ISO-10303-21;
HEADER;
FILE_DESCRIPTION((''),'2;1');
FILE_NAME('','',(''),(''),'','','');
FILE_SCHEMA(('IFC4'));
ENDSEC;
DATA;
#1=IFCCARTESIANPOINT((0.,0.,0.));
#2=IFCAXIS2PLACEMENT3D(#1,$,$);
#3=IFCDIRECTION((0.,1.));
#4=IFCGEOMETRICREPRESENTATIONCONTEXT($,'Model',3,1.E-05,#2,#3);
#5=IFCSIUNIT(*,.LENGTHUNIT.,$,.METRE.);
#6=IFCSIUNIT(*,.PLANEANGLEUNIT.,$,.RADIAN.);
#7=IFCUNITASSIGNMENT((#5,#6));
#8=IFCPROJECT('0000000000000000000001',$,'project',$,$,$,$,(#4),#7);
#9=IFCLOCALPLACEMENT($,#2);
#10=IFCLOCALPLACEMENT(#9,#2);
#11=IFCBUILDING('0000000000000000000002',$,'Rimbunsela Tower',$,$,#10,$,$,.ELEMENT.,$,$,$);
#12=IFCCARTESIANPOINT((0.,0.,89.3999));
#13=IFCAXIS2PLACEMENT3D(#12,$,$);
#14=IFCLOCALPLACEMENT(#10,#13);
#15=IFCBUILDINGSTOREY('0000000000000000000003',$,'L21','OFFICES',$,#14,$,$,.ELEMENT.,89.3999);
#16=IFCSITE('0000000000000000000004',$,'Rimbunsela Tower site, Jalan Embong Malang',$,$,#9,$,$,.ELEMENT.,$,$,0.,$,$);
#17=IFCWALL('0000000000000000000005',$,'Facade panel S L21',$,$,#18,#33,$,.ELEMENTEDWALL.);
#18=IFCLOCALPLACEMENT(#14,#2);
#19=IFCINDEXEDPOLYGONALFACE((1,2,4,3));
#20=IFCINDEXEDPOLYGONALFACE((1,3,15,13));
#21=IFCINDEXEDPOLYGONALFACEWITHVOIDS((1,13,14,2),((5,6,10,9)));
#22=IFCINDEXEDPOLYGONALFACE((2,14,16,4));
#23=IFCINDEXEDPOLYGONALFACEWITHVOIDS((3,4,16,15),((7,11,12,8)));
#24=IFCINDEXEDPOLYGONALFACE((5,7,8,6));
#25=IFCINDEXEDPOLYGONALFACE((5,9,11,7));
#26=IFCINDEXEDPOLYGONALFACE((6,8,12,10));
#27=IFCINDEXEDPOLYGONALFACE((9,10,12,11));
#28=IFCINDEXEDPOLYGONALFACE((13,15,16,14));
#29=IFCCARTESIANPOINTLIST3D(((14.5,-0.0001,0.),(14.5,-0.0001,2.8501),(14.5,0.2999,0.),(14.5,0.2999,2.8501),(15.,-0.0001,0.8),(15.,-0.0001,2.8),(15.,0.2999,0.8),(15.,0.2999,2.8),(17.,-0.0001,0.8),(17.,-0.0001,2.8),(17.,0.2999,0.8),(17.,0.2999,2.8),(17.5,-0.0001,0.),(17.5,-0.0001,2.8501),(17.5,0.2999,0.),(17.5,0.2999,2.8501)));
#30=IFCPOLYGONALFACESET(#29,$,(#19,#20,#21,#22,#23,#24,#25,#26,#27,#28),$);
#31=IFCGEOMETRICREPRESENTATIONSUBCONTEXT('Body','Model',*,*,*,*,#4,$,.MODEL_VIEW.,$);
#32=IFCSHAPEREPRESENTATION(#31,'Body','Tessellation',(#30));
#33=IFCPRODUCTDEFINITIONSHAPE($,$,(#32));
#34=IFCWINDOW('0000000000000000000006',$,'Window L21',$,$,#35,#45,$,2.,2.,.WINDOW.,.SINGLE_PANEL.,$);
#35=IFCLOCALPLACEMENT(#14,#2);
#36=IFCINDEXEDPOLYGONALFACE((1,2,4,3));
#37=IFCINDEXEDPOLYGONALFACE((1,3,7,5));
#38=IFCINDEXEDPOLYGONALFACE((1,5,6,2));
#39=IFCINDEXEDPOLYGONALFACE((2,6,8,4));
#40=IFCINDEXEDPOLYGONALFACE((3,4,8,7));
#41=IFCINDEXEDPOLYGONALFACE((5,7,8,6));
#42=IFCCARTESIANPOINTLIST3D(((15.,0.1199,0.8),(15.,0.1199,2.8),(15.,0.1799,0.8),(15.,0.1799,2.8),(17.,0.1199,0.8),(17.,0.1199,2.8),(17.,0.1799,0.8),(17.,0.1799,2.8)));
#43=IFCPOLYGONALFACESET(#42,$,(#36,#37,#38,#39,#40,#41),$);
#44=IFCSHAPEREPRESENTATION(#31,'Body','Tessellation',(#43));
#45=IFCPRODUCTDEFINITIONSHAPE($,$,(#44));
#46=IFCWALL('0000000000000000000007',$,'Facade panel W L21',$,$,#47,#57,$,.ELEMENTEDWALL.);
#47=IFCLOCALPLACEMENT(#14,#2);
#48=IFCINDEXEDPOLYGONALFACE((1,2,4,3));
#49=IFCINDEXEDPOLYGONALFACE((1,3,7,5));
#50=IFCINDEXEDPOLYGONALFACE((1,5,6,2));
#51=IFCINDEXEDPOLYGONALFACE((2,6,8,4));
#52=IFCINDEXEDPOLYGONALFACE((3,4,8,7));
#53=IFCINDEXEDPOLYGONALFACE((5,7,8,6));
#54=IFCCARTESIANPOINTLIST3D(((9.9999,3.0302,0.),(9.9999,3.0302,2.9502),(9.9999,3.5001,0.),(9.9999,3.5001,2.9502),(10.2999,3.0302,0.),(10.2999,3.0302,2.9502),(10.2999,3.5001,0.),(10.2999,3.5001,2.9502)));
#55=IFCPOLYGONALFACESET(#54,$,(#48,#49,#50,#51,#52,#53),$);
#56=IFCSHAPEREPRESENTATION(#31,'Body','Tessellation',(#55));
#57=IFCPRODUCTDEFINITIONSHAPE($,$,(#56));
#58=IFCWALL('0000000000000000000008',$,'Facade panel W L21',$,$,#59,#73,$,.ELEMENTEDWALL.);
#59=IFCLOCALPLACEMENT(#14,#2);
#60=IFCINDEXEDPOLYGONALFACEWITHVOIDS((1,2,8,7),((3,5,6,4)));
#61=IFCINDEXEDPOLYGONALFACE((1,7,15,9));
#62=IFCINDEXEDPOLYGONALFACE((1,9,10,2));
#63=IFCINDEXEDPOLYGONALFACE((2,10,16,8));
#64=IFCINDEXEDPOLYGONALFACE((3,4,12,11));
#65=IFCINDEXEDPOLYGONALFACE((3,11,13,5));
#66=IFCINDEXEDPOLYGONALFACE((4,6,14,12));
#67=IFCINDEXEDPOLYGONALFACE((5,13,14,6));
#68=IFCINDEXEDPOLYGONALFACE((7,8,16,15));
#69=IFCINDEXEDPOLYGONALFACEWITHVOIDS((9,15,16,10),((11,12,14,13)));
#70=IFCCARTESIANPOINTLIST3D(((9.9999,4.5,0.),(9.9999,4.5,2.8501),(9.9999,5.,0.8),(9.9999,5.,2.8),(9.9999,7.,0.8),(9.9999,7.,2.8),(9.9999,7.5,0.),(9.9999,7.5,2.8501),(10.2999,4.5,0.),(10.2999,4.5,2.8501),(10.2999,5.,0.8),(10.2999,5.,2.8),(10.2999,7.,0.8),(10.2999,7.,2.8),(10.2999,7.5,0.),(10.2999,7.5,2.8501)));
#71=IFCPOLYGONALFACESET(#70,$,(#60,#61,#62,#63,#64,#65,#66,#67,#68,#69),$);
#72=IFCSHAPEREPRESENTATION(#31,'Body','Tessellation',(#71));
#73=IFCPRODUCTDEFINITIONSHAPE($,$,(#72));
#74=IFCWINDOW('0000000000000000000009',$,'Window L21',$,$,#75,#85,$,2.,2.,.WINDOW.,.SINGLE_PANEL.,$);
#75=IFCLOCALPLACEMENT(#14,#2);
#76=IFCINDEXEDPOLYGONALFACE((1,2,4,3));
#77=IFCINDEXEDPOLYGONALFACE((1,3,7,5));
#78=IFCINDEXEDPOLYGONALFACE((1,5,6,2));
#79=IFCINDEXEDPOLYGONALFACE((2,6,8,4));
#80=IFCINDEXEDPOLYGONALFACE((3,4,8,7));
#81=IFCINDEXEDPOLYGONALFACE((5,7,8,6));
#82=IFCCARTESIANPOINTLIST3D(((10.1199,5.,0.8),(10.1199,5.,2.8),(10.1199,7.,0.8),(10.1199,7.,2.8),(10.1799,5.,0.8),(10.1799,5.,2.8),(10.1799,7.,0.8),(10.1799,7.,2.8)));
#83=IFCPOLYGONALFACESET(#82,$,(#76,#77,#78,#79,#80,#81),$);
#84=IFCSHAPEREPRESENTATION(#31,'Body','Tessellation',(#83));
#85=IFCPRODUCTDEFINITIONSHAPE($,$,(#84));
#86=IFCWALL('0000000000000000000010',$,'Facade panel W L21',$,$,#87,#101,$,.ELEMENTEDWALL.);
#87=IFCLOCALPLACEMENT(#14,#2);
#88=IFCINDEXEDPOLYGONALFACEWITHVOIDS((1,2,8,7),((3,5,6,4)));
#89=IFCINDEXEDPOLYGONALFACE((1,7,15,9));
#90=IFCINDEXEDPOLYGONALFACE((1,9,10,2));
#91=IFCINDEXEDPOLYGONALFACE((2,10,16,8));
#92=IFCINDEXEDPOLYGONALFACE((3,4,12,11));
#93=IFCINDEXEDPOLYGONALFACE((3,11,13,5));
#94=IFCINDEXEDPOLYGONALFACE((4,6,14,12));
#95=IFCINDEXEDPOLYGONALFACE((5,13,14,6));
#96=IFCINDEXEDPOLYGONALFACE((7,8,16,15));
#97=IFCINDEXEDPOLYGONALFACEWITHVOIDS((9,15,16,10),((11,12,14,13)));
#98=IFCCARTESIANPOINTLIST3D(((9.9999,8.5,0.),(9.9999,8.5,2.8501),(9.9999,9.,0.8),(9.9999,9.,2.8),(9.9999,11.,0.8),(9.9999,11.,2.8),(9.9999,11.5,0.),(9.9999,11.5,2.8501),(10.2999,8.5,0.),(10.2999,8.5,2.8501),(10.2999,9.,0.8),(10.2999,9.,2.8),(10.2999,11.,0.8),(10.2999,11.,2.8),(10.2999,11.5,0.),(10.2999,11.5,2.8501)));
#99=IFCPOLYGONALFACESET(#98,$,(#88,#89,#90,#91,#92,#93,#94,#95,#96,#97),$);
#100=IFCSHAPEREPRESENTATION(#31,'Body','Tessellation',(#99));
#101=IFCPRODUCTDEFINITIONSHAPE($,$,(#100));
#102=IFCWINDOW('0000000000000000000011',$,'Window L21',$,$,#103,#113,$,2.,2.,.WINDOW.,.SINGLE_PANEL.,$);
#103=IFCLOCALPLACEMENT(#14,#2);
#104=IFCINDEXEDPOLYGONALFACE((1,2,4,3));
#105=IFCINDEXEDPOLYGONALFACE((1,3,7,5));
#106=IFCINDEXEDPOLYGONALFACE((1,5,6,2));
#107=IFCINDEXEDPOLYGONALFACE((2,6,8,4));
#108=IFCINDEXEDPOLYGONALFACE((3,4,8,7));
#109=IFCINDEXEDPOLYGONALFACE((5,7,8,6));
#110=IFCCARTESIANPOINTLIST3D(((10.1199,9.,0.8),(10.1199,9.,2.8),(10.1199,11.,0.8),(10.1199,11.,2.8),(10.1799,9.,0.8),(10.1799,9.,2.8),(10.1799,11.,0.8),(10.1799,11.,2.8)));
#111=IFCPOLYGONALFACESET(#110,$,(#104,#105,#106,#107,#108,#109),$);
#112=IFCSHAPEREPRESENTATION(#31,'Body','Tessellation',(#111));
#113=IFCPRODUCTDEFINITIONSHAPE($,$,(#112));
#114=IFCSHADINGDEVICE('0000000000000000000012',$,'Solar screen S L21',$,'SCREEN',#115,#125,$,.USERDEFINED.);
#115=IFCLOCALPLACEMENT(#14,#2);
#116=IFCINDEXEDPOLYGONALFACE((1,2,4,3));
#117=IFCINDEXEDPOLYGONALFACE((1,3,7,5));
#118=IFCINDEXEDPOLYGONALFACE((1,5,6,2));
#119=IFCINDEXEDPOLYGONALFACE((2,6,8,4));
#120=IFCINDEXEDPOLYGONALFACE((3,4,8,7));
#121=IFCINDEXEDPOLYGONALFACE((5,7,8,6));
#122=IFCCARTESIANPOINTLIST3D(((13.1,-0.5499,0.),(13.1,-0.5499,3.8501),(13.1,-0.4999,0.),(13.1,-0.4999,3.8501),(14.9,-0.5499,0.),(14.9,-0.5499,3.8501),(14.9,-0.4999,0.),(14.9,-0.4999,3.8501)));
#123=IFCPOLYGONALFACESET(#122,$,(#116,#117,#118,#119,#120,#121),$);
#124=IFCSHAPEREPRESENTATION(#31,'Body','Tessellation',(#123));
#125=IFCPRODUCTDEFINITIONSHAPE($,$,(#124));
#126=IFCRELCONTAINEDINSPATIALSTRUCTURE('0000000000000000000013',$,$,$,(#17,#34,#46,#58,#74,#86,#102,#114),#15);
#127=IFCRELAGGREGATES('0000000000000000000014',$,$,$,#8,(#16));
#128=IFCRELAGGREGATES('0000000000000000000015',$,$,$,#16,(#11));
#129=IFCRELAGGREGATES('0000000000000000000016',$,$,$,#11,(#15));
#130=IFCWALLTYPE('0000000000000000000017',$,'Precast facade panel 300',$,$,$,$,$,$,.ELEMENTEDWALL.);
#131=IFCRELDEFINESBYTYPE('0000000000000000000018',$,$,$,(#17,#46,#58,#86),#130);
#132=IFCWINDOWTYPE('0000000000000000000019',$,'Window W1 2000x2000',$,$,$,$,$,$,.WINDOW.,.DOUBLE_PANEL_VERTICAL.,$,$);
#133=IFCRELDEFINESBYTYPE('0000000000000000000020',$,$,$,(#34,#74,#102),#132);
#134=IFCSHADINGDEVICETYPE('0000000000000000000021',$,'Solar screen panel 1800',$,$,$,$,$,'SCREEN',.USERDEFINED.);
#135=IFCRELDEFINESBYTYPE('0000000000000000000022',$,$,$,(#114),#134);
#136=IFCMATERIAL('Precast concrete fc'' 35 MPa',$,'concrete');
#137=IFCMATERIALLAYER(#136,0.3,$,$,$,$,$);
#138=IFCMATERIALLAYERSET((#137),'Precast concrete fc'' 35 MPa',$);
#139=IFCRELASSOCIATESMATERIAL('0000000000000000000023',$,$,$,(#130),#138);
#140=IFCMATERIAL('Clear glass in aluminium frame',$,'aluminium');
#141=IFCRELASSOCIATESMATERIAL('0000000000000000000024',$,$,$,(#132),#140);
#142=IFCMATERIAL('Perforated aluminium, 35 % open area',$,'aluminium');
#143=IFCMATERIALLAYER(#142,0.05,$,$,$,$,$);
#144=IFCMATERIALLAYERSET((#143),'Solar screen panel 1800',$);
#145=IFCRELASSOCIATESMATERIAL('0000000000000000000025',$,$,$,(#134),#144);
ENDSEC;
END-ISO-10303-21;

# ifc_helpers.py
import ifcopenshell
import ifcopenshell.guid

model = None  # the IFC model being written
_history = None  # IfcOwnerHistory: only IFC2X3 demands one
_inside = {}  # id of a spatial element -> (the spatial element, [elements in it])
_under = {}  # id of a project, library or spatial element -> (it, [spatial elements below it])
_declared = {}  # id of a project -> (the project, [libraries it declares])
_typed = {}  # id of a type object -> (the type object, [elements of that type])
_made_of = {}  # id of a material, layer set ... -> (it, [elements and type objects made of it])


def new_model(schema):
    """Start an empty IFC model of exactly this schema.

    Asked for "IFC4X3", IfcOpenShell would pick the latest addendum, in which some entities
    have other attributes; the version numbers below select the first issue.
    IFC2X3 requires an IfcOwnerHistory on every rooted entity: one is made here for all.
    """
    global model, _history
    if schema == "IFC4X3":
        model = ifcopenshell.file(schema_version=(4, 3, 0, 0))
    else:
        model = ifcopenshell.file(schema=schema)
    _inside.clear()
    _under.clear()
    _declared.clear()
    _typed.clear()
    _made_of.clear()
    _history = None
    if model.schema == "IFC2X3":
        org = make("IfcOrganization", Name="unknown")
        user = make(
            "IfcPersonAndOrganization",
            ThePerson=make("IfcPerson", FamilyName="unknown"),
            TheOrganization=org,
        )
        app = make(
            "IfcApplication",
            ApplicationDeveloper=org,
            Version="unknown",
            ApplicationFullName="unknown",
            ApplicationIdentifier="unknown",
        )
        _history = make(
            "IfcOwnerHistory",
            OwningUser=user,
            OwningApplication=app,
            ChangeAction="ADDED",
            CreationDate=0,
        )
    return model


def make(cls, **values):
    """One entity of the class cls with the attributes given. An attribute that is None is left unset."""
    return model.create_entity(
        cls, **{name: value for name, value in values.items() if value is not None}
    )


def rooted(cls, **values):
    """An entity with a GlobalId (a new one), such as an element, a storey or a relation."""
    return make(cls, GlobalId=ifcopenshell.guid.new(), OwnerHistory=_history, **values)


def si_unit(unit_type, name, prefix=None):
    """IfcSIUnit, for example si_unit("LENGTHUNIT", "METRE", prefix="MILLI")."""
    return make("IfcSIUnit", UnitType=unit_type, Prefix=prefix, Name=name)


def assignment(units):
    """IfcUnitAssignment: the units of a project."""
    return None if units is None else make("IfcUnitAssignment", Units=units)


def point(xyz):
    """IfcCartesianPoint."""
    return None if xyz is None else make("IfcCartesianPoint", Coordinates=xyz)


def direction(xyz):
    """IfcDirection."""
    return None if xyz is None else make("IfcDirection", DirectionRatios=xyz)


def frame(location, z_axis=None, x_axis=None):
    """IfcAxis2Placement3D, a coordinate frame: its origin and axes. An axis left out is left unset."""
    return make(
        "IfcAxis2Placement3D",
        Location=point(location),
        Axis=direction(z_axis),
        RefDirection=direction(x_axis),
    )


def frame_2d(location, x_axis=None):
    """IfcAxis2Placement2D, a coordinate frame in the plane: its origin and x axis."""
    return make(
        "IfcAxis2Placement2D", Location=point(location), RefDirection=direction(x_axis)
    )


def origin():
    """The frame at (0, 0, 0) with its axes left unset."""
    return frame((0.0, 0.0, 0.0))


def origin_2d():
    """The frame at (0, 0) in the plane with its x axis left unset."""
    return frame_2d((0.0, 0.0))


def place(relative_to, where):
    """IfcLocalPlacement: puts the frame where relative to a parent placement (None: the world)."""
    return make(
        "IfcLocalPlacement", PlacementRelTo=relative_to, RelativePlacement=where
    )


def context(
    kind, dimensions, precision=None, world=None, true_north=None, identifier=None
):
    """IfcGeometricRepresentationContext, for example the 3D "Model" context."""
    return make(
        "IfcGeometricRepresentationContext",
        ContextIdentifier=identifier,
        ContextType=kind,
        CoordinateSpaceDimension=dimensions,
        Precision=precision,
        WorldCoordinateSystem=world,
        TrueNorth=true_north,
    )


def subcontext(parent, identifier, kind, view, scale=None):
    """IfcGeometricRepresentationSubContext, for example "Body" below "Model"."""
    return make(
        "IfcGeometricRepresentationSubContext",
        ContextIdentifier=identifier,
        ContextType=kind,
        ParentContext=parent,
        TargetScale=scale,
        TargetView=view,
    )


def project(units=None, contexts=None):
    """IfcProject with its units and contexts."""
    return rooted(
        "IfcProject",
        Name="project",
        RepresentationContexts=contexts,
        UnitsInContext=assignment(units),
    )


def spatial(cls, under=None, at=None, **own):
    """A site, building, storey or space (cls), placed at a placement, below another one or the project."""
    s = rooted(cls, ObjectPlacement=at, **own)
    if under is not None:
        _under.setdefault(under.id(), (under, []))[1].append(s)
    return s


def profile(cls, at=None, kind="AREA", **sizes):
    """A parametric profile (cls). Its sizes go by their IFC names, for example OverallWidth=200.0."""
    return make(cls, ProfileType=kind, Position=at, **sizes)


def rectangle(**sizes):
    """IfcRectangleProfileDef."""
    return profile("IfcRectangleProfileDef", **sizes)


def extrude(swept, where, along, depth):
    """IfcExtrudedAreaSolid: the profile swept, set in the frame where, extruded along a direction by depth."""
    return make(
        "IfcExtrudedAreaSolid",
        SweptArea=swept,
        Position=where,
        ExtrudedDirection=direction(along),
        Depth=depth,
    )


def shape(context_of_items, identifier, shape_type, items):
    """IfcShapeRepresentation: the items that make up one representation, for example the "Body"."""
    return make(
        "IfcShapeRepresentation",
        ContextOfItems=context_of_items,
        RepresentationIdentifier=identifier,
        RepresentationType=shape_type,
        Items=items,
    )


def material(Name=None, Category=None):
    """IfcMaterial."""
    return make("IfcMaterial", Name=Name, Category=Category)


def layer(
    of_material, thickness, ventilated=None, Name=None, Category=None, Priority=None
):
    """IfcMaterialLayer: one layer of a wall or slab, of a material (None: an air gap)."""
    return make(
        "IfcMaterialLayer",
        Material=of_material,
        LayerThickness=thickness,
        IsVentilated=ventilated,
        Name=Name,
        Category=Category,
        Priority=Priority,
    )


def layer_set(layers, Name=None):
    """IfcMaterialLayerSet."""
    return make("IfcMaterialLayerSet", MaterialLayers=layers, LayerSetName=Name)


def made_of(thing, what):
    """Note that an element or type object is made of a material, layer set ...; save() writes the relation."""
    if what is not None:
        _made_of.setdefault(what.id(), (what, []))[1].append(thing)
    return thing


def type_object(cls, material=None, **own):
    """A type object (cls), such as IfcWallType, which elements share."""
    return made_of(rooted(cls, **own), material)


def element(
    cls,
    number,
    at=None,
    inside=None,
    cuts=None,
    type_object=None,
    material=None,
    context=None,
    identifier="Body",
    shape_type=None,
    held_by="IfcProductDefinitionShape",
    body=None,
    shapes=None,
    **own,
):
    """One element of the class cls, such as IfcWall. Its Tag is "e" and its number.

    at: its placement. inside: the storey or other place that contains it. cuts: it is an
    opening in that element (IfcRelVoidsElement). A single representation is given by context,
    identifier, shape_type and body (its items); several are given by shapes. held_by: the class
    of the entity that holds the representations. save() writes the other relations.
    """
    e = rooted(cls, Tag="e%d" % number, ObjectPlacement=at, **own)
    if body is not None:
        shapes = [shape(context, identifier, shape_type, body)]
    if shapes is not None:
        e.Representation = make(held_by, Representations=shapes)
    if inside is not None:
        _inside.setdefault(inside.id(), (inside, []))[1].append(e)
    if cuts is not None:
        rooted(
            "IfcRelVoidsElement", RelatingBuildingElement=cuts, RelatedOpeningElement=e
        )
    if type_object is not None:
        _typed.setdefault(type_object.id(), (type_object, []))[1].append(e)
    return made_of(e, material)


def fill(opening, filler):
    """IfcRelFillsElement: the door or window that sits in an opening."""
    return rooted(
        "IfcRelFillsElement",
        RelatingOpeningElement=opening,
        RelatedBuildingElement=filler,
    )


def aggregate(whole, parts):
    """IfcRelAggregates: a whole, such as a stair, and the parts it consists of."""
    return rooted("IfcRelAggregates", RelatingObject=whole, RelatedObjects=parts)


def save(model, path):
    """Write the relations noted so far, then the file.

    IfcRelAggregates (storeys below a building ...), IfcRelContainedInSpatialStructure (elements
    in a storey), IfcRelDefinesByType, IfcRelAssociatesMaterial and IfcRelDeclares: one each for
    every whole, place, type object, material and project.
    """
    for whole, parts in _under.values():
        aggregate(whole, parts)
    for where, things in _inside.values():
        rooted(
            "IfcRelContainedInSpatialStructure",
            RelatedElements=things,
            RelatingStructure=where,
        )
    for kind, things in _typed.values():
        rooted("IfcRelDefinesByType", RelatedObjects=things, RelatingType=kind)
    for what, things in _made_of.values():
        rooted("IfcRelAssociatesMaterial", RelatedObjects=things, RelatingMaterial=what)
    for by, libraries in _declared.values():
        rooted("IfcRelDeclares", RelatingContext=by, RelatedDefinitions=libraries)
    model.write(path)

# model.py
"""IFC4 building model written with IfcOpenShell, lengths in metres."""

from ifc_helpers import new_model, si_unit, direction, frame, frame_2d, origin, origin_2d, place, context, subcontext, project, spatial, rectangle, extrude, material, layer, layer_set, type_object, element, fill, save


model = new_model("IFC4")

# Units and contexts
model_context = context("Model", 3, precision=1e-05, world=origin(), true_north=direction((0.0, 1.0)))
body_context = subcontext(model_context, "Body", "Model", "MODEL_VIEW")
ifc_project = project(units=[si_unit("LENGTHUNIT", "METRE"), si_unit("PLANEANGLEUNIT", "RADIAN")], contexts=[model_context])

# Site, building, storey
site_placement = place(None, origin())
site = spatial("IfcSite", under=ifc_project, at=site_placement, Name="Rimbunsela Tower site, Jalan Embong Malang", CompositionType="ELEMENT", RefElevation=0.0)
building_placement = place(site_placement, origin())
building = spatial("IfcBuilding", under=site, at=building_placement, Name="Rimbunsela Tower", CompositionType="ELEMENT")
storey_placement = place(building_placement, frame((0.0, 0.0, 89.3999)))
storey = spatial("IfcBuildingStorey", under=building, at=storey_placement, Name="L21", Description="OFFICES", CompositionType="ELEMENT", Elevation=89.3999)

# Shared definitions
ifc_material_1 = material(Name="Precast concrete fc' 35 MPa", Category="concrete")
ifc_layer_1 = layer(ifc_material_1, 0.3)
ifc_layer_set_1 = layer_set([ifc_layer_1], Name="Precast concrete fc' 35 MPa")
wall_type_1 = type_object("IfcWallType", Name="Precast facade panel 300", PredefinedType="ELEMENTEDWALL", material=ifc_layer_set_1)

# Wall, opening, window
wall_1_placement = place(storey_placement, frame((14.5, 0.1499, 0.0), z_axis=(0.0, 0.0, 1.0), x_axis=(1.0, 0.0, 0.0)))
wall_1 = element("IfcWall", 1, at=wall_1_placement, inside=storey, type_object=wall_type_1, Name="Facade panel S L21", PredefinedType="ELEMENTEDWALL", context=body_context, shape_type="SweptSolid", body=[
    extrude(rectangle(XDim=3.0, YDim=0.3, at=frame_2d((1.5, 0.0))), origin(), (0.0, 0.0, 1.0), 2.8501),
])
opening_1_placement = place(wall_1_placement, frame((0.5, 0.0, 0.8)))
opening_1 = element("IfcOpeningElement", 2, at=opening_1_placement, cuts=wall_1, PredefinedType="OPENING", context=body_context, shape_type="SweptSolid", body=[
    extrude(rectangle(XDim=2.0, YDim=2.0, at=frame_2d((1.0, 1.0))), frame((0.0, 0.1599, 0.0), z_axis=(0.0, -1.0, 0.0), x_axis=(1.0, 0.0, 0.0)), (0.0, 0.0, 1.0), 0.3201),
])
ifc_material_2 = material(Name="Clear glass in aluminium frame", Category="aluminium")
window_type = type_object("IfcWindowType", Name="Window W1 2000x2000", PartitioningType="DOUBLE_PANEL_VERTICAL", PredefinedType="WINDOW", material=ifc_material_2)
window_1_placement = place(opening_1_placement, origin())
window_1 = element("IfcWindow", 3, at=window_1_placement, inside=storey, type_object=window_type, Name="Window L21", OverallHeight=2.0, OverallWidth=2.0, PartitioningType="SINGLE_PANEL", PredefinedType="WINDOW", context=body_context, shape_type="SweptSolid", body=[
    extrude(rectangle(XDim=2.0, YDim=2.0, at=frame_2d((1.0, 1.0))), frame((0.0, 0.03, 0.0), z_axis=(0.0, -1.0, 0.0), x_axis=(1.0, 0.0, 0.0)), (0.0, 0.0, 1.0), 0.0601),
])
fill(opening_1, window_1)

# Wall
wall_2_placement = place(storey_placement, frame((10.1499, 3.5, 0.0), z_axis=(0.0, 0.0, 1.0), x_axis=(0.0, -1.0, 0.0)))
element("IfcWall", 4, at=wall_2_placement, inside=storey, type_object=wall_type_1, Name="Facade panel W L21", PredefinedType="ELEMENTEDWALL", context=body_context, shape_type="SweptSolid", body=[
    extrude(rectangle(XDim=0.47, YDim=0.3, at=frame_2d((0.2349, 0.0))), origin(), (0.0, 0.0, 1.0), 2.9502),
])

# Walls, openings, windows
wall_3_placement = place(storey_placement, frame((10.1499, 7.5, 0.0), z_axis=(0.0, 0.0, 1.0), x_axis=(0.0, -1.0, 0.0)))
wall_3 = element("IfcWall", 5, at=wall_3_placement, inside=storey, type_object=wall_type_1, Name="Facade panel W L21", PredefinedType="ELEMENTEDWALL", context=body_context, shape_type="SweptSolid", body=[
    extrude(rectangle(XDim=3.0, YDim=0.3, at=frame_2d((1.5, 0.0))), origin(), (0.0, 0.0, 1.0), 2.8501),
])
opening_2_placement = place(wall_3_placement, frame((0.5, 0.0, 0.8)))
opening_2 = element("IfcOpeningElement", 6, at=opening_2_placement, cuts=wall_3, PredefinedType="OPENING", context=body_context, shape_type="SweptSolid", body=[
    extrude(rectangle(XDim=2.0, YDim=2.0, at=frame_2d((1.0, 1.0))), frame((0.0, 0.1599, 0.0), z_axis=(0.0, -1.0, 0.0), x_axis=(1.0, 0.0, 0.0)), (0.0, 0.0, 1.0), 0.3201),
])
window_2_placement = place(opening_2_placement, origin())
window_2 = element("IfcWindow", 7, at=window_2_placement, inside=storey, type_object=window_type, Name="Window L21", OverallHeight=2.0, OverallWidth=2.0, PartitioningType="SINGLE_PANEL", PredefinedType="WINDOW", context=body_context, shape_type="SweptSolid", body=[
    extrude(rectangle(XDim=2.0, YDim=2.0, at=frame_2d((1.0, 1.0))), frame((0.0, 0.03, 0.0), z_axis=(0.0, -1.0, 0.0), x_axis=(1.0, 0.0, 0.0)), (0.0, 0.0, 1.0), 0.0601),
])
fill(opening_2, window_2)
wall_4_placement = place(storey_placement, frame((10.1499, 11.5, 0.0), z_axis=(0.0, 0.0, 1.0), x_axis=(0.0, -1.0, 0.0)))
wall_4 = element("IfcWall", 8, at=wall_4_placement, inside=storey, type_object=wall_type_1, Name="Facade panel W L21", PredefinedType="ELEMENTEDWALL", context=body_context, shape_type="SweptSolid", body=[
    extrude(rectangle(XDim=3.0, YDim=0.3, at=frame_2d((1.5, 0.0))), origin(), (0.0, 0.0, 1.0), 2.8501),
])
opening_3_placement = place(wall_4_placement, frame((0.5, 0.0, 0.8)))
opening_3 = element("IfcOpeningElement", 9, at=opening_3_placement, cuts=wall_4, PredefinedType="OPENING", context=body_context, shape_type="SweptSolid", body=[
    extrude(rectangle(XDim=2.0, YDim=2.0, at=frame_2d((1.0, 1.0))), frame((0.0, 0.1599, 0.0), z_axis=(0.0, -1.0, 0.0), x_axis=(1.0, 0.0, 0.0)), (0.0, 0.0, 1.0), 0.3201),
])
window_3_placement = place(opening_3_placement, origin())
window_3 = element("IfcWindow", 10, at=window_3_placement, inside=storey, type_object=window_type, Name="Window L21", OverallHeight=2.0, OverallWidth=2.0, PartitioningType="SINGLE_PANEL", PredefinedType="WINDOW", context=body_context, shape_type="SweptSolid", body=[
    extrude(rectangle(XDim=2.0, YDim=2.0, at=frame_2d((1.0, 1.0))), frame((0.0, 0.03, 0.0), z_axis=(0.0, -1.0, 0.0), x_axis=(1.0, 0.0, 0.0)), (0.0, 0.0, 1.0), 0.0601),
])
fill(opening_3, window_3)

# Shading device
ifc_material_3 = material(Name="Perforated aluminium, 35 % open area", Category="aluminium")
ifc_layer_2 = layer(ifc_material_3, 0.05)
ifc_layer_set_2 = layer_set([ifc_layer_2], Name="Solar screen panel 1800")
shading_device_type = type_object("IfcShadingDeviceType", Name="Solar screen panel 1800", ElementType="SCREEN", PredefinedType="USERDEFINED", material=ifc_layer_set_2)
shading_device_placement = place(storey_placement, frame((14.0, -0.5249, 0.0), z_axis=(0.0, 0.0, 1.0), x_axis=(1.0, 0.0, 0.0)))
element("IfcShadingDevice", 11, at=shading_device_placement, inside=storey, type_object=shading_device_type, Name="Solar screen S L21", ObjectType="SCREEN", PredefinedType="USERDEFINED", context=body_context, shape_type="SweptSolid", body=[
    extrude(rectangle(XDim=1.8, YDim=0.05, at=origin_2d()), origin(), (0.0, 0.0, 1.0), 3.8501),
])

save(model, "model.ifc")
